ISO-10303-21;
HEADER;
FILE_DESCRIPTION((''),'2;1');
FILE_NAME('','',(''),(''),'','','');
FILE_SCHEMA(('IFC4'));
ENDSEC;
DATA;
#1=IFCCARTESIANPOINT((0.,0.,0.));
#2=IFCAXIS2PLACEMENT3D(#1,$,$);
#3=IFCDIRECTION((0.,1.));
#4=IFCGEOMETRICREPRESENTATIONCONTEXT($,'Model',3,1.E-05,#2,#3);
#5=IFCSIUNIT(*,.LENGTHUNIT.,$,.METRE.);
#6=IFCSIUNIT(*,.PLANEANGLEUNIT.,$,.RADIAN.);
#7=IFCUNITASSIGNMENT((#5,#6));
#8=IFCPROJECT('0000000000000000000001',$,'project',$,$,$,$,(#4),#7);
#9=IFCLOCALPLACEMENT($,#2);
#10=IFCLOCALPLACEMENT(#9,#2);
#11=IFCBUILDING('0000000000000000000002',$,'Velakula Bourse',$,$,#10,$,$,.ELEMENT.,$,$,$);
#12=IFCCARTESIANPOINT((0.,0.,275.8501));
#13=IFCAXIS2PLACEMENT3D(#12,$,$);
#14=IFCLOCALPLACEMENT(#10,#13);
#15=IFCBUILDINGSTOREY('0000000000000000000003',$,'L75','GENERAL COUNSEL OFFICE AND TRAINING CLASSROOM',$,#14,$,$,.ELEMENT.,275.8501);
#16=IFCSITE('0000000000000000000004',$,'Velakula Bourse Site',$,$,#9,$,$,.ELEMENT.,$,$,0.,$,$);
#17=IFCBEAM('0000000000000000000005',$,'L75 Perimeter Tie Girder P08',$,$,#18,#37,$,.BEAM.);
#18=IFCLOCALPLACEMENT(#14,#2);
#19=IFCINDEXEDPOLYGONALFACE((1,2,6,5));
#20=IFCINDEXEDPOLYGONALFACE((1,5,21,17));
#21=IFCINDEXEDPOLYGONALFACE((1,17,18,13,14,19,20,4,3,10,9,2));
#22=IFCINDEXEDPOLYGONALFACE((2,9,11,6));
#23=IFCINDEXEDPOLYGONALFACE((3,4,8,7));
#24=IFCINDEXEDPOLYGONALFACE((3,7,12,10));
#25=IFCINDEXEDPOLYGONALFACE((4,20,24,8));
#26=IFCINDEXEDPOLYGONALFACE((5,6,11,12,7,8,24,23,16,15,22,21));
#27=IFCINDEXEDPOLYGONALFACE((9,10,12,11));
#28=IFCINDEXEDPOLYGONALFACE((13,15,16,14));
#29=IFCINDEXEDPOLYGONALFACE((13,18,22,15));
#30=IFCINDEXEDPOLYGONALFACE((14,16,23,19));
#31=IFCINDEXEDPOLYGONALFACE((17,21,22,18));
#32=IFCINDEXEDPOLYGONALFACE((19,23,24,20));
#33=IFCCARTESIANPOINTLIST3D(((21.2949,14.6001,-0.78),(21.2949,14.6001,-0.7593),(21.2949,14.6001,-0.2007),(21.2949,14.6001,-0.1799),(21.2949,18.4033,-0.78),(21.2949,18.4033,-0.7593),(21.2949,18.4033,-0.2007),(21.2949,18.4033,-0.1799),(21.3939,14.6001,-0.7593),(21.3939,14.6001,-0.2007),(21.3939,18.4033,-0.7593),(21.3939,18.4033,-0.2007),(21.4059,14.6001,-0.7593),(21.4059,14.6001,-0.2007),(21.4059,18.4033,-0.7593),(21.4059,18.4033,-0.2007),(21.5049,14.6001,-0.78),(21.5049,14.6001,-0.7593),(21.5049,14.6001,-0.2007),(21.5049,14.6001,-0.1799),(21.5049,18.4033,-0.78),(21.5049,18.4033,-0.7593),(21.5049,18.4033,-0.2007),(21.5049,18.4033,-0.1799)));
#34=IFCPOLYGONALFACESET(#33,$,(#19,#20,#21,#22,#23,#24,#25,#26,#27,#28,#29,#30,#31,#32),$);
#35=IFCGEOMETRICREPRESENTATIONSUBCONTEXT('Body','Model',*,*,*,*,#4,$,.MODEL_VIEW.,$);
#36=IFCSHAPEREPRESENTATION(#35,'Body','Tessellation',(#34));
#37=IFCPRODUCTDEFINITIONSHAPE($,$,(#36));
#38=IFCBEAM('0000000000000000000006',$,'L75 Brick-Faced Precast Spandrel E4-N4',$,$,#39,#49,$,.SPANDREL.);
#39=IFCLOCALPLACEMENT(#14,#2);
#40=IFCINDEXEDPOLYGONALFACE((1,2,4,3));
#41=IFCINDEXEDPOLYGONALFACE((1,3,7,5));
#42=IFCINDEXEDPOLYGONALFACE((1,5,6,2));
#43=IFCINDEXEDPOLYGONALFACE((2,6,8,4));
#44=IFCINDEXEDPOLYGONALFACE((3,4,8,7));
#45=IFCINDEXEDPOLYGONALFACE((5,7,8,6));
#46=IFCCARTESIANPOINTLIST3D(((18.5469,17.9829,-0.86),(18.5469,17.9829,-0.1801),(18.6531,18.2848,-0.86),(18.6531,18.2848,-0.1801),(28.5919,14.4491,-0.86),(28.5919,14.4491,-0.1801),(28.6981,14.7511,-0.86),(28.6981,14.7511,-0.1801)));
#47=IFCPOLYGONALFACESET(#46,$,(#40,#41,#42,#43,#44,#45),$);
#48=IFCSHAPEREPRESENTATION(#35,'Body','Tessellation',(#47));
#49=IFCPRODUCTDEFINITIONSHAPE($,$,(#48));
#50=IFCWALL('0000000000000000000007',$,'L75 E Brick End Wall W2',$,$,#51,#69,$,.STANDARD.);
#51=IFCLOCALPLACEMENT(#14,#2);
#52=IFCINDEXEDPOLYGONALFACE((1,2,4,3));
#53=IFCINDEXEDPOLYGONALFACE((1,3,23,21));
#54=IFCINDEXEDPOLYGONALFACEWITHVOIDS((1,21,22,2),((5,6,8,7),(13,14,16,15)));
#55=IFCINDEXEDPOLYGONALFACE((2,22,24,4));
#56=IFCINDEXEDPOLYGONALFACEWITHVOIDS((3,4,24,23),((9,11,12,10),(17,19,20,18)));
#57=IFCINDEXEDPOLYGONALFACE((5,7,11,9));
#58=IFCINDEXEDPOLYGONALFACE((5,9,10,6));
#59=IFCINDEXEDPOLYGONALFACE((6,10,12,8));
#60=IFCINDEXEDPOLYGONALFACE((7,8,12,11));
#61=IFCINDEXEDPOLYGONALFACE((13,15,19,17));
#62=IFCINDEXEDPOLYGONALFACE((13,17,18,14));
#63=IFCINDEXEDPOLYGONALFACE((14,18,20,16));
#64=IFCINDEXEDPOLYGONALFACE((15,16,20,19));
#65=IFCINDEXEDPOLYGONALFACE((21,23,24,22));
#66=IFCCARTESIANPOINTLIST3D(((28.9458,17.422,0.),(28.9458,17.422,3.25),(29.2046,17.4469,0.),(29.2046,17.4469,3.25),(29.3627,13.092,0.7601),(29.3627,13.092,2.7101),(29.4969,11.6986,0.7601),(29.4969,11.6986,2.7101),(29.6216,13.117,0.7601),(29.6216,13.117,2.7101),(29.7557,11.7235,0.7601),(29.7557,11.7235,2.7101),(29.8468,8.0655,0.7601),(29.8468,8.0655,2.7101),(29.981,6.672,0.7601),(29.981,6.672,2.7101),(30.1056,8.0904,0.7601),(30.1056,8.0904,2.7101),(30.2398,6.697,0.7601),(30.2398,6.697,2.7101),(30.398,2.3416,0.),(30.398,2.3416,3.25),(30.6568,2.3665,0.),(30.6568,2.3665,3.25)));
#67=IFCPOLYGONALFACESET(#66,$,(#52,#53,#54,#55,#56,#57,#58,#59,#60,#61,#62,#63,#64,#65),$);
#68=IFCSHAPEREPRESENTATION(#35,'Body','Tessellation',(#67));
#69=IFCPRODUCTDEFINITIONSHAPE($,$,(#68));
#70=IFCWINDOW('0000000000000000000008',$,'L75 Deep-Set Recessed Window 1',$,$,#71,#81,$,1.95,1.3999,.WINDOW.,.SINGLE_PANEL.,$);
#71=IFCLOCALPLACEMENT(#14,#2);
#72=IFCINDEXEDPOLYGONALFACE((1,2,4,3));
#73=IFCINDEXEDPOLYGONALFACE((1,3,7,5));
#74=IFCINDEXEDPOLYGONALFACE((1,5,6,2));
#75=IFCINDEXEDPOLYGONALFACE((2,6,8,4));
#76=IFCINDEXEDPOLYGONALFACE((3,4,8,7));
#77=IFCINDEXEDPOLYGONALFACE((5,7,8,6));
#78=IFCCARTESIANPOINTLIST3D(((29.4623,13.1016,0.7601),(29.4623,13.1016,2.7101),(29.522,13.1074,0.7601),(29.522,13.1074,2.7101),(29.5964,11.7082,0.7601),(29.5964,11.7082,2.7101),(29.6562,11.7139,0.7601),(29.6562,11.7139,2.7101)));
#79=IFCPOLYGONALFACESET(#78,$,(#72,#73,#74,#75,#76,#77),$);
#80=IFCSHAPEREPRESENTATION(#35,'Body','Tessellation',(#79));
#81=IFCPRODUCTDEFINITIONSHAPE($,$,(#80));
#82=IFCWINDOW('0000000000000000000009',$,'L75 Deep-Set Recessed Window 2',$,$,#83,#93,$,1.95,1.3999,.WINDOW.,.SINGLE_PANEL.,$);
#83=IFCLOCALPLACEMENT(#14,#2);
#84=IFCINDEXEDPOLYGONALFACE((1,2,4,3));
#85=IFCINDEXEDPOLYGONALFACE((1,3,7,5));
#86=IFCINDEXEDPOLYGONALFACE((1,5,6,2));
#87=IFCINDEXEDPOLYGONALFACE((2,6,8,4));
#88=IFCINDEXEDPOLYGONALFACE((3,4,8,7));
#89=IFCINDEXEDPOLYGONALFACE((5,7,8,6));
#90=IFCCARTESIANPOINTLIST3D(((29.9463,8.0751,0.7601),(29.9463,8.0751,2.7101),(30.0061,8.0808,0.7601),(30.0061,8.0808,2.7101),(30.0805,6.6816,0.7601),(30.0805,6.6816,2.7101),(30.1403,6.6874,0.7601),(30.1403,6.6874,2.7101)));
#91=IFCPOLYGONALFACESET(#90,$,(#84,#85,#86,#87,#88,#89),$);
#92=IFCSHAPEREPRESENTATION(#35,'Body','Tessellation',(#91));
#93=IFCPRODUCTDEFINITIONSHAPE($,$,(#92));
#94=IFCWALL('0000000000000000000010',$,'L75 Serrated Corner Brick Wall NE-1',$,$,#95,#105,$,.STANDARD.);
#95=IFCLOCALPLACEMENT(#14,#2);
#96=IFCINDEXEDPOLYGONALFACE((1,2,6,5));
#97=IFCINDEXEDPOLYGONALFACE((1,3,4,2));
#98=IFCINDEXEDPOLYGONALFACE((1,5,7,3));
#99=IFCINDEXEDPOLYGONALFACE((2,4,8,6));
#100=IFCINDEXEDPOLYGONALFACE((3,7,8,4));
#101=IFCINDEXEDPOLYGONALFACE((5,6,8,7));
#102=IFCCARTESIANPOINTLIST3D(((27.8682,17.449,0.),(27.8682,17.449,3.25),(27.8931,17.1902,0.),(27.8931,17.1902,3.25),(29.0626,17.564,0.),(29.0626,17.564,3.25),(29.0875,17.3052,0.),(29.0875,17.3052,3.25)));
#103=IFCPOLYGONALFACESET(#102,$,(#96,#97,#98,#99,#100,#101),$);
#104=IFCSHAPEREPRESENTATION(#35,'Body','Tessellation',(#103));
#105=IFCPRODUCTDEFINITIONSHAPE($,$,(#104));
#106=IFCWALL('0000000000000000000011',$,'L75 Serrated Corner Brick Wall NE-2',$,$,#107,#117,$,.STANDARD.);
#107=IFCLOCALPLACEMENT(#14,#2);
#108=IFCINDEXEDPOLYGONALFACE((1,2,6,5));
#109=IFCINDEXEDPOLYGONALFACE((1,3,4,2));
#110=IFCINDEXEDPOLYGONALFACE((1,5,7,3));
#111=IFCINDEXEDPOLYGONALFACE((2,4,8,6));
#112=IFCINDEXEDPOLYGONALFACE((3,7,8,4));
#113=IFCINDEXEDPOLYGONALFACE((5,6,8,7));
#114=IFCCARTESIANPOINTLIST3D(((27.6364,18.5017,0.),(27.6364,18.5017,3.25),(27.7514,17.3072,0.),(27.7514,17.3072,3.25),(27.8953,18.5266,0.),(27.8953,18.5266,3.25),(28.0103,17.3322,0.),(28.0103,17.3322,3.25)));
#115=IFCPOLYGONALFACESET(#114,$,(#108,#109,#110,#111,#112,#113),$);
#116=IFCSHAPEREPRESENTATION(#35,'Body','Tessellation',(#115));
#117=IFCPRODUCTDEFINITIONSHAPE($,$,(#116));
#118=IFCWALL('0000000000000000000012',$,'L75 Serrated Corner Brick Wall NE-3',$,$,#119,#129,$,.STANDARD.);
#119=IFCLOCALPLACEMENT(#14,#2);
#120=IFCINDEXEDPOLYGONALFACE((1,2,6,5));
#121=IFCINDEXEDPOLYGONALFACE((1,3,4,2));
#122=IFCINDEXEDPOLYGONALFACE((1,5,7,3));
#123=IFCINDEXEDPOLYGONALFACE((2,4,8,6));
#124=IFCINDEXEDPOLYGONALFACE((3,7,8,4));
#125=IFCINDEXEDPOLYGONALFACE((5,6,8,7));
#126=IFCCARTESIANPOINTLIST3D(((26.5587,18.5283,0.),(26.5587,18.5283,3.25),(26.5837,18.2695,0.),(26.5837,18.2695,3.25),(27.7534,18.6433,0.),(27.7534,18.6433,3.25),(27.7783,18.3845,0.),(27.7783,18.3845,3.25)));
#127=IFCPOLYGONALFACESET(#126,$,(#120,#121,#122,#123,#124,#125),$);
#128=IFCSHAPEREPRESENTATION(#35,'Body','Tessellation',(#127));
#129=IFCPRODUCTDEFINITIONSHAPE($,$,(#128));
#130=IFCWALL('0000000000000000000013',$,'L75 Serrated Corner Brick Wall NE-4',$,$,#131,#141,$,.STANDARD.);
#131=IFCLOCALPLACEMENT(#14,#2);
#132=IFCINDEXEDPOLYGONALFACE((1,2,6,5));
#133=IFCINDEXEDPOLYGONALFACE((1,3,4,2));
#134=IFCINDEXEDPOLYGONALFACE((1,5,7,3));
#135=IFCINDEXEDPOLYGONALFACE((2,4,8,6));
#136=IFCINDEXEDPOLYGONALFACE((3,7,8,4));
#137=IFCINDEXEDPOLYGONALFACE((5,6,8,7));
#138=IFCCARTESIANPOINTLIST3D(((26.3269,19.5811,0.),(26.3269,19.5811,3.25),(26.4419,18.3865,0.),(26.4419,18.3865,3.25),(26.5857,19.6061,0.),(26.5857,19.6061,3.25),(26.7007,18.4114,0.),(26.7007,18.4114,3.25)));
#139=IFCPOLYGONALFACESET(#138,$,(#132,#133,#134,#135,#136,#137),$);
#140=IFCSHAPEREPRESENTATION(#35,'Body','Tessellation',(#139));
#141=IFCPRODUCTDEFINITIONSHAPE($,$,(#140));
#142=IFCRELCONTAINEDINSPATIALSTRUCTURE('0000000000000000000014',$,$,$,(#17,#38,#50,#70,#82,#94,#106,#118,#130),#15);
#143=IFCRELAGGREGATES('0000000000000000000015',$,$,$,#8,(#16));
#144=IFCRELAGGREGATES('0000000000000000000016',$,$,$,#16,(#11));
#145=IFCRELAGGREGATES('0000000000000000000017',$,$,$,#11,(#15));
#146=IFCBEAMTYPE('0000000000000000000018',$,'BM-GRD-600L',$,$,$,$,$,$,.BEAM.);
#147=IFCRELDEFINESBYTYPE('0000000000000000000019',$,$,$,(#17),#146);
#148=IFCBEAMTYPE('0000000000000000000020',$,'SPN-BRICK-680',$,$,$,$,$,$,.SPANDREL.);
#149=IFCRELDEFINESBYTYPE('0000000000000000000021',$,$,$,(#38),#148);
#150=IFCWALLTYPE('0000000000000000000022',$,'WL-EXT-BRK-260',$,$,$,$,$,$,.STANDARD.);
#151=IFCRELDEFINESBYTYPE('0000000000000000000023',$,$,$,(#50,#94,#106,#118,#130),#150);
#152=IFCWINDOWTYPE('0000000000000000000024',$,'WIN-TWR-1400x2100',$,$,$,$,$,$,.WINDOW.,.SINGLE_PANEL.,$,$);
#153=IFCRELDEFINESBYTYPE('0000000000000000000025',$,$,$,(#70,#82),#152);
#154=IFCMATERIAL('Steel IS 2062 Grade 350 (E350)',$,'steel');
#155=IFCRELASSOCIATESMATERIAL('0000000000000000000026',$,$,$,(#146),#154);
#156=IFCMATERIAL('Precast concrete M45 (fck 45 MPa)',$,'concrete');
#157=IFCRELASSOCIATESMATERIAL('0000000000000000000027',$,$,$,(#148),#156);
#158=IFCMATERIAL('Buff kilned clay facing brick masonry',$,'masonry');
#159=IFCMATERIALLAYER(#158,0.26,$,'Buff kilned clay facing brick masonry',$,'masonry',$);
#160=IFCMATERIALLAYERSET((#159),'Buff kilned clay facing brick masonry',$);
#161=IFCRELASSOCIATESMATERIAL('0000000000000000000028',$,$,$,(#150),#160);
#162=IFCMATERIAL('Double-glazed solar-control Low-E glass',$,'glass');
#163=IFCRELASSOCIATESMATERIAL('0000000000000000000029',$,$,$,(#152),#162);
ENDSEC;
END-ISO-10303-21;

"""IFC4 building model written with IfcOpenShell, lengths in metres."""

from ifc_helpers import new_model, si_unit, direction, frame, frame_2d, origin, origin_2d, place, context, subcontext, project, spatial, rectangle, i_section, extrude, material, layer, layer_set, material_profile, profile_set, type_object, element, fill, save


model = new_model("IFC4")

# Units and contexts
model_context = context("Model", 3, precision=1e-05, world=origin(), true_north=direction((0.0, 1.0)))
body_context = subcontext(model_context, "Body", "Model", "MODEL_VIEW")
ifc_project = project(units=[si_unit("LENGTHUNIT", "METRE"), si_unit("PLANEANGLEUNIT", "RADIAN")], contexts=[model_context])

# Site, building, storey
site_placement = place(None, origin())
site = spatial("IfcSite", under=ifc_project, at=site_placement, Name="Velakula Bourse Site", CompositionType="ELEMENT", RefElevation=0.0)
building_placement = place(site_placement, origin())
building = spatial("IfcBuilding", under=site, at=building_placement, Name="Velakula Bourse", CompositionType="ELEMENT")
storey_placement = place(building_placement, frame((0.0, 0.0, 275.8501)))
storey = spatial("IfcBuildingStorey", under=building, at=storey_placement, Name="L75", Description="GENERAL COUNSEL OFFICE AND TRAINING CLASSROOM", CompositionType="ELEMENT", Elevation=275.8501)

# Shared definitions
ifc_material_1 = material(Name="Steel IS 2062 Grade 350 (E350)", Category="steel")
ifc_material_2 = material(Name="Precast concrete M45 (fck 45 MPa)", Category="concrete")

# Beams
ifc_material_profile_1 = material_profile(ifc_material_1, i_section(OverallWidth=0.21, OverallDepth=0.6001, WebThickness=0.012, FlangeThickness=0.0208, at=origin_2d()), Name="Steel IS 2062 Grade 350 (E350)")
ifc_profile_set_1 = profile_set([ifc_material_profile_1], Name="Steel IS 2062 Grade 350 (E350)")
beam_type_1 = type_object("IfcBeamType", Name="BM-GRD-600L", PredefinedType="BEAM", material=ifc_profile_set_1)
beam_1_placement = place(storey_placement, frame((21.3999, 14.6001, -0.48), z_axis=(0.0, 1.0, 0.0), x_axis=(-1.0, 0.0, 0.0)))
element("IfcBeam", 1, at=beam_1_placement, inside=storey, type_object=beam_type_1, Name="L75 Perimeter Tie Girder P08", PredefinedType="BEAM", context=body_context, shape_type="SweptSolid", body=[
    extrude(i_section(OverallWidth=0.21, OverallDepth=0.6001, WebThickness=0.012, FlangeThickness=0.0208, at=origin_2d()), origin(), (0.0, 0.0, 1.0), 3.8032),
])
ifc_material_profile_2 = material_profile(ifc_material_2, rectangle(XDim=0.3201, YDim=0.6799, at=origin_2d()), Name="Precast concrete M45 (fck 45 MPa)")
ifc_profile_set_2 = profile_set([ifc_material_profile_2], Name="Precast concrete M45 (fck 45 MPa)")
beam_type_2 = type_object("IfcBeamType", Name="SPN-BRICK-680", PredefinedType="SPANDREL", material=ifc_profile_set_2)
beam_2_placement = place(storey_placement, frame((28.645, 14.6001, -0.52), z_axis=(-0.943331, 0.331853, 0.0), x_axis=(-0.331853, -0.943331, 0.0)))
element("IfcBeam", 2, at=beam_2_placement, inside=storey, type_object=beam_type_2, Name="L75 Brick-Faced Precast Spandrel E4-N4", PredefinedType="SPANDREL", context=body_context, shape_type="SweptSolid", body=[
    extrude(rectangle(XDim=0.3201, YDim=0.6799, at=origin_2d()), origin(), (0.0, 0.0, 1.0), 10.6484),
])

# Wall, openings, windows
ifc_material_3 = material(Name="Buff kilned clay facing brick masonry", Category="masonry")
ifc_layer = layer(ifc_material_3, 0.26, Name="Buff kilned clay facing brick masonry", Category="masonry")
ifc_layer_set = layer_set([ifc_layer], Name="Buff kilned clay facing brick masonry")
wall_type = type_object("IfcWallType", Name="WL-EXT-BRK-260", PredefinedType="STANDARD", material=ifc_layer_set)
wall_placement = place(storey_placement, frame((29.0752, 17.4346, 0.0), z_axis=(0.0, 0.0, 1.0), x_axis=(0.095851, -0.995396, 0.0)))
wall = element("IfcWall", 3, at=wall_placement, inside=storey, type_object=wall_type, Name="L75 E Brick End Wall W2", PredefinedType="STANDARD", context=body_context, shape_type="SweptSolid", body=[
    extrude(rectangle(XDim=15.1501, YDim=0.26, at=frame_2d((7.5752, 0.0))), origin(), (0.0, 0.0, 1.0), 3.25),
])
opening_1_placement = place(wall_placement, frame((4.3501, 0.0, 0.76)))
opening_1 = element("IfcOpeningElement", 4, at=opening_1_placement, cuts=wall, PredefinedType="OPENING", context=body_context, shape_type="SweptSolid", body=[
    extrude(rectangle(XDim=1.3999, YDim=1.95, at=frame_2d((0.7, 0.9751))), frame((0.0, 0.1399, 0.0), z_axis=(0.0, -1.0, 0.0), x_axis=(1.0, 0.0, 0.0)), (0.0, 0.0, 1.0), 0.28),
])
opening_2_placement = place(wall_placement, frame((9.3999, 0.0, 0.76)))
opening_2 = element("IfcOpeningElement", 5, at=opening_2_placement, cuts=wall, PredefinedType="OPENING", context=body_context, shape_type="SweptSolid", body=[
    extrude(rectangle(XDim=1.3999, YDim=1.95, at=frame_2d((0.7, 0.9751))), frame((0.0, 0.1399, 0.0), z_axis=(0.0, -1.0, 0.0), x_axis=(1.0, 0.0, 0.0)), (0.0, 0.0, 1.0), 0.28),
])
ifc_material_4 = material(Name="Double-glazed solar-control Low-E glass", Category="glass")
window_type = type_object("IfcWindowType", Name="WIN-TWR-1400x2100", PartitioningType="SINGLE_PANEL", PredefinedType="WINDOW", material=ifc_material_4)
window_1_placement = place(opening_1_placement, origin())
window_1 = element("IfcWindow", 6, at=window_1_placement, inside=storey, type_object=window_type, Name="L75 Deep-Set Recessed Window 1", OverallHeight=1.95, OverallWidth=1.3999, PartitioningType="SINGLE_PANEL", PredefinedType="WINDOW", context=body_context, shape_type="SweptSolid", body=[
    extrude(rectangle(XDim=1.3999, YDim=1.95, at=frame_2d((0.7, 0.9751))), frame((0.0, 0.03, 0.0), z_axis=(0.0, -1.0, 0.0), x_axis=(1.0, 0.0, 0.0)), (0.0, 0.0, 1.0), 0.0601),
])
fill(opening_1, window_1)
window_2_placement = place(opening_2_placement, origin())
window_2 = element("IfcWindow", 7, at=window_2_placement, inside=storey, type_object=window_type, Name="L75 Deep-Set Recessed Window 2", OverallHeight=1.95, OverallWidth=1.3999, PartitioningType="SINGLE_PANEL", PredefinedType="WINDOW", context=body_context, shape_type="SweptSolid", body=[
    extrude(rectangle(XDim=1.3999, YDim=1.95, at=frame_2d((0.7, 0.9751))), frame((0.0, 0.03, 0.0), z_axis=(0.0, -1.0, 0.0), x_axis=(1.0, 0.0, 0.0)), (0.0, 0.0, 1.0), 0.0601),
])
fill(opening_2, window_2)

# Walls
for number, where, z_axis, x_axis, name in (
    (8, (29.0752, 17.4346, 0.0), (0.0, 0.0, 1.0), (-0.995397, -0.095836, 0.0), "L75 Serrated Corner Brick Wall NE-1"),
    (9, (27.8809, 17.3196, 0.0), (0.0, 0.0, 1.0), (-0.095836, 0.995397, 0.0), "L75 Serrated Corner Brick Wall NE-2"),
):
    element("IfcWall", number, at=place(storey_placement, frame(where, z_axis=z_axis, x_axis=x_axis)), inside=storey, type_object=wall_type, Name=name, PredefinedType="STANDARD", context=body_context, shape_type="SweptSolid", body=[
        extrude(rectangle(XDim=1.2, YDim=0.26, at=frame_2d((0.6001, 0.0))), origin(), (0.0, 0.0, 1.0), 3.25),
    ])
for number, where, z_axis, x_axis, name in (
    (10, (27.7659, 18.5139, 0.0), (0.0, 0.0, 1.0), (-0.995399, -0.095817, 0.0), "L75 Serrated Corner Brick Wall NE-3"),
    (11, (26.5713, 18.3989, 0.0), (0.0, 0.0, 1.0), (-0.095817, 0.995399, 0.0), "L75 Serrated Corner Brick Wall NE-4"),
):
    element("IfcWall", number, at=place(storey_placement, frame(where, z_axis=z_axis, x_axis=x_axis)), inside=storey, type_object=wall_type, Name=name, PredefinedType="STANDARD", context=body_context, shape_type="SweptSolid", body=[
        extrude(rectangle(XDim=1.2002, YDim=0.26, at=frame_2d((0.6001, 0.0))), origin(), (0.0, 0.0, 1.0), 3.25),
    ])

save(model, "model.ifc")
